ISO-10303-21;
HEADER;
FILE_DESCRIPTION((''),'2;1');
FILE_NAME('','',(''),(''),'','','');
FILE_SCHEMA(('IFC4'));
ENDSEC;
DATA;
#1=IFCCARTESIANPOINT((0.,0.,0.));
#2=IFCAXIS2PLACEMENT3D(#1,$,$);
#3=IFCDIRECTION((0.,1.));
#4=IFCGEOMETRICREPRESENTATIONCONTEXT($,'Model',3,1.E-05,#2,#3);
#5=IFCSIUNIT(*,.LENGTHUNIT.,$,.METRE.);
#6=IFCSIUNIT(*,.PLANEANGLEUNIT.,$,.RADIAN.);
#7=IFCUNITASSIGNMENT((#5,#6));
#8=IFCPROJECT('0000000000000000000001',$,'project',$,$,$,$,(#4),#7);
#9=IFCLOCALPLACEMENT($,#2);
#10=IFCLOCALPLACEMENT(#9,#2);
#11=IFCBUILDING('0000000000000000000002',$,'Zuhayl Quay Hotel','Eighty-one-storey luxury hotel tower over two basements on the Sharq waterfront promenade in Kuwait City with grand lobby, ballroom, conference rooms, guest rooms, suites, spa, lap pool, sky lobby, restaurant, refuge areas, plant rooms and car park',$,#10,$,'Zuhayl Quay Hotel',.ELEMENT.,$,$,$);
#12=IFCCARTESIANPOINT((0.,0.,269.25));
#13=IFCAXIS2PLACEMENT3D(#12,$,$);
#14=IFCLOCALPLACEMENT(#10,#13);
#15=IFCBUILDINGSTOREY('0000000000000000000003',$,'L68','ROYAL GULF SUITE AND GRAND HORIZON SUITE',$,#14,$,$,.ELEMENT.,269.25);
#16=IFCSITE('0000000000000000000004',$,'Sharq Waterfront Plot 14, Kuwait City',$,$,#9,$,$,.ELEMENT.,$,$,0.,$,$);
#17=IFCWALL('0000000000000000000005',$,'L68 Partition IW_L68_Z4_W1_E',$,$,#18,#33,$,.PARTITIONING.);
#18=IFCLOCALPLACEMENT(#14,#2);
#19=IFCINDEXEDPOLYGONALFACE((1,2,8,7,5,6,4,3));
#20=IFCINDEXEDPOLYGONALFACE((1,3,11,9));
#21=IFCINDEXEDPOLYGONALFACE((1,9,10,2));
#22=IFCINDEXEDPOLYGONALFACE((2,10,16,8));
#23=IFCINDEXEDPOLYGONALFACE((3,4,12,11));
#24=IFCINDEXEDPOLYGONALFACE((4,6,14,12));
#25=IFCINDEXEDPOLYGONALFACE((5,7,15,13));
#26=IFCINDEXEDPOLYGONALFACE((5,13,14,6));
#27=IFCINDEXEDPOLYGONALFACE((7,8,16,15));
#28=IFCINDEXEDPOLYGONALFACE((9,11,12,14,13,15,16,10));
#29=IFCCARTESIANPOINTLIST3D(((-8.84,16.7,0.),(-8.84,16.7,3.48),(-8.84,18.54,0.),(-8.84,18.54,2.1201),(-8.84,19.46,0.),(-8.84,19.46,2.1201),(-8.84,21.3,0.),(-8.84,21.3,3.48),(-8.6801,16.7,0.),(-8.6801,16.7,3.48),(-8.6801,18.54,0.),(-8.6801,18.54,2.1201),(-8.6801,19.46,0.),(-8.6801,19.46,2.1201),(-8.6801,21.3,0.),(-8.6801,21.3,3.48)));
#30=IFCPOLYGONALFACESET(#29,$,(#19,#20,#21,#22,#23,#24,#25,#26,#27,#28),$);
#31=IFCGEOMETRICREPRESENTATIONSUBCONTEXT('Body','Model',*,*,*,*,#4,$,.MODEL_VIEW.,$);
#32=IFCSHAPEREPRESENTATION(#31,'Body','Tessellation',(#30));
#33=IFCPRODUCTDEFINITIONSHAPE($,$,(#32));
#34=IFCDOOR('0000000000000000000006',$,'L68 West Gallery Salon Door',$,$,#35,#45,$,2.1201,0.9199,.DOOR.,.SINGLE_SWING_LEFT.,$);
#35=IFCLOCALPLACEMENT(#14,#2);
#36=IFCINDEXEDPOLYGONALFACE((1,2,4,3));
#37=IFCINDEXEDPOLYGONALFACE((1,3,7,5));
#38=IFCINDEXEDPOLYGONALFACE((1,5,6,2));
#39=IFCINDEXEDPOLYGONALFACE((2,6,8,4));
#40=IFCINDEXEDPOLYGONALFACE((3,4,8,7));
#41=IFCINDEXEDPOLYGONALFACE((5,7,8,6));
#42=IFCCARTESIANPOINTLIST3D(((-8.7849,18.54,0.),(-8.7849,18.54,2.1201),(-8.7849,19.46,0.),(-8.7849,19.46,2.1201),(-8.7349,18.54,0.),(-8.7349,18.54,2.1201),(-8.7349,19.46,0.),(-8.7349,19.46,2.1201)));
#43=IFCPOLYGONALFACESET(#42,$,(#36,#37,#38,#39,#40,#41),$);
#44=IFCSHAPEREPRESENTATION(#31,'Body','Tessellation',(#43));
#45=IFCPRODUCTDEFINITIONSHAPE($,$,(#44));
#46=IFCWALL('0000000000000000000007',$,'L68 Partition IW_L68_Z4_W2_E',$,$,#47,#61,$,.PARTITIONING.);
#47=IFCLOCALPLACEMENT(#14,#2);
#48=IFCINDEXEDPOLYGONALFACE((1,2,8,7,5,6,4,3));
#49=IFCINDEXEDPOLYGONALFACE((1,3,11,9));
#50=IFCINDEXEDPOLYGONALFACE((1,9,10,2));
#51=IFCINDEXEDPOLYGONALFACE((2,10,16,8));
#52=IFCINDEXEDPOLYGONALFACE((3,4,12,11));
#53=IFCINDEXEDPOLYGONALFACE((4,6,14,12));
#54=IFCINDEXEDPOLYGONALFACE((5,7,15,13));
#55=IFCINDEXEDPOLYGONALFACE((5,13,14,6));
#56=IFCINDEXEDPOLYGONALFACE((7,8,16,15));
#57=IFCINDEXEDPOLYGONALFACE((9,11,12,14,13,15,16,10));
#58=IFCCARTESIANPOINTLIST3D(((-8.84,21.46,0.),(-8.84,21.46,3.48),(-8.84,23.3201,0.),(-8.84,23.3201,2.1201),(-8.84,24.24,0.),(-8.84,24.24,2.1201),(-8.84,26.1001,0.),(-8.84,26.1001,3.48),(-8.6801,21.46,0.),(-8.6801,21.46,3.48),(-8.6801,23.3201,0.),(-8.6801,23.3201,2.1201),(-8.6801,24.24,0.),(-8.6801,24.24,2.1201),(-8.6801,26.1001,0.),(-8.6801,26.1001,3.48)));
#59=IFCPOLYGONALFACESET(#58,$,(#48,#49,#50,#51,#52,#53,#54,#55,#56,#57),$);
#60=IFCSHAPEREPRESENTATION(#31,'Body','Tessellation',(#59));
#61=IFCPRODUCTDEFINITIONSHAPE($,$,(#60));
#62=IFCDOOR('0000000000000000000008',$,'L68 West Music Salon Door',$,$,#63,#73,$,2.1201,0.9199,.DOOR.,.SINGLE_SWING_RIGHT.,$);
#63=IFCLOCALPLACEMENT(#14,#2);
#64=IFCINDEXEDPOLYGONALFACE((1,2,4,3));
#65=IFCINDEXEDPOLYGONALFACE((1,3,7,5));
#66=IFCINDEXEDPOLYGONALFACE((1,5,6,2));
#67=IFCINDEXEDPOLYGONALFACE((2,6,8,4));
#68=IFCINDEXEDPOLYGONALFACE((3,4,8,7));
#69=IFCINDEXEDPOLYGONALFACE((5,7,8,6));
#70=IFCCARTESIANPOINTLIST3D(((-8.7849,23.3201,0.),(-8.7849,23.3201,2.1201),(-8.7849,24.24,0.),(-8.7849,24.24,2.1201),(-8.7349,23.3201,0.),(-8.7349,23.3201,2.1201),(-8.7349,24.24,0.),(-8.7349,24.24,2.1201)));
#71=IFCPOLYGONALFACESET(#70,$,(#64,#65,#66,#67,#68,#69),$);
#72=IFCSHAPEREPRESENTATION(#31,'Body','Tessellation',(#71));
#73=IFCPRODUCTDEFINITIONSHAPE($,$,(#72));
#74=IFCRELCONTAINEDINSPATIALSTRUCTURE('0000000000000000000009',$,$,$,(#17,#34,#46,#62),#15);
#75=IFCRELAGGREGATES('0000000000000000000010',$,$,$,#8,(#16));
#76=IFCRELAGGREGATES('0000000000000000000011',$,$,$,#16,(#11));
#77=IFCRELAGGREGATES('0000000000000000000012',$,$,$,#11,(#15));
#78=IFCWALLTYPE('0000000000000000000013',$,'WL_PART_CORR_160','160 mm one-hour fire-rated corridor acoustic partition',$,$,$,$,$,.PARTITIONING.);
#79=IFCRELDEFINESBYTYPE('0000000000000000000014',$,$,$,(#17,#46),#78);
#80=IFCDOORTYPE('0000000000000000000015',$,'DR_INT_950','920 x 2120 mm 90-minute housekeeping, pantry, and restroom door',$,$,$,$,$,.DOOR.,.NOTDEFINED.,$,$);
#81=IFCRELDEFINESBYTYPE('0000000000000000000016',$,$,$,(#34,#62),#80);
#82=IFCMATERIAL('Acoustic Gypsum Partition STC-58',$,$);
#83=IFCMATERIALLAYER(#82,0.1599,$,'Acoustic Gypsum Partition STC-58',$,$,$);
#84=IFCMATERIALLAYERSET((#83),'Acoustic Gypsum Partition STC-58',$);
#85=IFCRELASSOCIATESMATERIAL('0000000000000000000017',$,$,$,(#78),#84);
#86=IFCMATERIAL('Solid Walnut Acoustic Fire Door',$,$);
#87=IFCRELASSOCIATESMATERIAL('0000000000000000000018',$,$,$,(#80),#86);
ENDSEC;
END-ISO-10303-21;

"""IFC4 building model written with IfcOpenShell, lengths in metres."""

from ifc_helpers import new_model, si_unit, direction, frame, frame_2d, origin, place, context, subcontext, project, spatial, rectangle, extrude, material, layer, layer_set, type_object, element, fill, save


model = new_model("IFC4")

# Units and contexts
model_context = context("Model", 3, precision=1e-05, world=origin(), true_north=direction((0.0, 1.0)))
body_context = subcontext(model_context, "Body", "Model", "MODEL_VIEW")
ifc_project = project(units=[si_unit("LENGTHUNIT", "METRE"), si_unit("PLANEANGLEUNIT", "RADIAN")], contexts=[model_context])

# Site, building, storey
site_placement = place(None, origin())
site = spatial("IfcSite", under=ifc_project, at=site_placement, Name="Sharq Waterfront Plot 14, Kuwait City", CompositionType="ELEMENT", RefElevation=0.0)
building_placement = place(site_placement, origin())
building = spatial("IfcBuilding", under=site, at=building_placement, Name="Zuhayl Quay Hotel", Description="Eighty-one-storey luxury hotel tower over two basements on the Sharq waterfront promenade in Kuwait City with grand lobby, ballroom, conference rooms, guest rooms, suites, spa, lap pool, sky lobby, restaurant, refuge areas, plant rooms and car park", LongName="Zuhayl Quay Hotel", CompositionType="ELEMENT")
storey_placement = place(building_placement, frame((0.0, 0.0, 269.25)))
storey = spatial("IfcBuildingStorey", under=building, at=storey_placement, Name="L68", Description="ROYAL GULF SUITE AND GRAND HORIZON SUITE", CompositionType="ELEMENT", Elevation=269.25)

# Shared definitions
ifc_material_1 = material(Name="Acoustic Gypsum Partition STC-58")

# Walls, openings, doors
ifc_layer_1 = layer(ifc_material_1, 0.1599, Name="Acoustic Gypsum Partition STC-58")
ifc_layer_set_1 = layer_set([ifc_layer_1], Name="Acoustic Gypsum Partition STC-58")
wall_type_1 = type_object("IfcWallType", Name="WL_PART_CORR_160", Description="160 mm one-hour fire-rated corridor acoustic partition", PredefinedType="PARTITIONING", material=ifc_layer_set_1)
ifc_material_2 = material(Name="Solid Walnut Acoustic Fire Door")
wall_1_placement = place(storey_placement, frame((-8.76, 16.7, 0.0), z_axis=(0.0, 0.0, 1.0), x_axis=(0.0, 1.0, 0.0)))
wall_1 = element("IfcWall", 1, at=wall_1_placement, inside=storey, type_object=wall_type_1, Name="L68 Partition IW_L68_Z4_W1_E", PredefinedType="PARTITIONING", context=body_context, shape_type="SweptSolid", body=[
    extrude(rectangle(XDim=4.6001, YDim=0.1599, at=frame_2d((2.3, 0.0))), origin(), (0.0, 0.0, 1.0), 3.48),
])
opening_1_placement = place(wall_1_placement, frame((1.8401, 0.0, 0.0)))
opening_1 = element("IfcOpeningElement", 2, at=opening_1_placement, cuts=wall_1, PredefinedType="OPENING", context=body_context, shape_type="SweptSolid", body=[
    extrude(rectangle(XDim=0.9199, YDim=2.1201, at=frame_2d((0.46, 1.0601))), frame((0.0, 0.0898, 0.0), z_axis=(0.0, -1.0, 0.0), x_axis=(1.0, 0.0, 0.0)), (0.0, 0.0, 1.0), 0.1799),
])
door_type_1 = type_object("IfcDoorType", Name="DR_INT_950", Description="920 x 2120 mm 90-minute housekeeping, pantry, and restroom door", OperationType="NOTDEFINED", PredefinedType="DOOR", material=ifc_material_2)
door_1_placement = place(opening_1_placement, origin())
door_1 = element("IfcDoor", 3, at=door_1_placement, inside=storey, type_object=door_type_1, Name="L68 West Gallery Salon Door", OperationType="SINGLE_SWING_LEFT", OverallHeight=2.1201, OverallWidth=0.9199, PredefinedType="DOOR", context=body_context, shape_type="SweptSolid", body=[
    extrude(rectangle(XDim=0.9199, YDim=2.1201, at=frame_2d((0.46, 1.0601))), frame((0.0, 0.0249, 0.0), z_axis=(0.0, -1.0, 0.0), x_axis=(1.0, 0.0, 0.0)), (0.0, 0.0, 1.0), 0.05),
])
fill(opening_1, door_1)
wall_2_placement = place(storey_placement, frame((-8.76, 21.46, 0.0), z_axis=(0.0, 0.0, 1.0), x_axis=(0.0, 1.0, 0.0)))
wall_2 = element("IfcWall", 4, at=wall_2_placement, inside=storey, type_object=wall_type_1, Name="L68 Partition IW_L68_Z4_W2_E", PredefinedType="PARTITIONING", context=body_context, shape_type="SweptSolid", body=[
    extrude(rectangle(XDim=4.6401, YDim=0.1599, at=frame_2d((2.3201, 0.0))), origin(), (0.0, 0.0, 1.0), 3.48),
])
opening_2_placement = place(wall_2_placement, frame((1.8601, 0.0, 0.0)))
opening_2 = element("IfcOpeningElement", 5, at=opening_2_placement, cuts=wall_2, PredefinedType="OPENING", context=body_context, shape_type="SweptSolid", body=[
    extrude(rectangle(XDim=0.9199, YDim=2.1201, at=frame_2d((0.46, 1.0601))), frame((0.0, 0.0898, 0.0), z_axis=(0.0, -1.0, 0.0), x_axis=(1.0, 0.0, 0.0)), (0.0, 0.0, 1.0), 0.1799),
])
door_2_placement = place(opening_2_placement, origin())
door_2 = element("IfcDoor", 6, at=door_2_placement, inside=storey, type_object=door_type_1, Name="L68 West Music Salon Door", OperationType="SINGLE_SWING_RIGHT", OverallHeight=2.1201, OverallWidth=0.9199, PredefinedType="DOOR", context=body_context, shape_type="SweptSolid", body=[
    extrude(rectangle(XDim=0.9199, YDim=2.1201, at=frame_2d((0.46, 1.0601))), frame((0.0, 0.0249, 0.0), z_axis=(0.0, -1.0, 0.0), x_axis=(1.0, 0.0, 0.0)), (0.0, 0.0, 1.0), 0.05),
])
fill(opening_2, door_2)

save(model, "model.ifc")
